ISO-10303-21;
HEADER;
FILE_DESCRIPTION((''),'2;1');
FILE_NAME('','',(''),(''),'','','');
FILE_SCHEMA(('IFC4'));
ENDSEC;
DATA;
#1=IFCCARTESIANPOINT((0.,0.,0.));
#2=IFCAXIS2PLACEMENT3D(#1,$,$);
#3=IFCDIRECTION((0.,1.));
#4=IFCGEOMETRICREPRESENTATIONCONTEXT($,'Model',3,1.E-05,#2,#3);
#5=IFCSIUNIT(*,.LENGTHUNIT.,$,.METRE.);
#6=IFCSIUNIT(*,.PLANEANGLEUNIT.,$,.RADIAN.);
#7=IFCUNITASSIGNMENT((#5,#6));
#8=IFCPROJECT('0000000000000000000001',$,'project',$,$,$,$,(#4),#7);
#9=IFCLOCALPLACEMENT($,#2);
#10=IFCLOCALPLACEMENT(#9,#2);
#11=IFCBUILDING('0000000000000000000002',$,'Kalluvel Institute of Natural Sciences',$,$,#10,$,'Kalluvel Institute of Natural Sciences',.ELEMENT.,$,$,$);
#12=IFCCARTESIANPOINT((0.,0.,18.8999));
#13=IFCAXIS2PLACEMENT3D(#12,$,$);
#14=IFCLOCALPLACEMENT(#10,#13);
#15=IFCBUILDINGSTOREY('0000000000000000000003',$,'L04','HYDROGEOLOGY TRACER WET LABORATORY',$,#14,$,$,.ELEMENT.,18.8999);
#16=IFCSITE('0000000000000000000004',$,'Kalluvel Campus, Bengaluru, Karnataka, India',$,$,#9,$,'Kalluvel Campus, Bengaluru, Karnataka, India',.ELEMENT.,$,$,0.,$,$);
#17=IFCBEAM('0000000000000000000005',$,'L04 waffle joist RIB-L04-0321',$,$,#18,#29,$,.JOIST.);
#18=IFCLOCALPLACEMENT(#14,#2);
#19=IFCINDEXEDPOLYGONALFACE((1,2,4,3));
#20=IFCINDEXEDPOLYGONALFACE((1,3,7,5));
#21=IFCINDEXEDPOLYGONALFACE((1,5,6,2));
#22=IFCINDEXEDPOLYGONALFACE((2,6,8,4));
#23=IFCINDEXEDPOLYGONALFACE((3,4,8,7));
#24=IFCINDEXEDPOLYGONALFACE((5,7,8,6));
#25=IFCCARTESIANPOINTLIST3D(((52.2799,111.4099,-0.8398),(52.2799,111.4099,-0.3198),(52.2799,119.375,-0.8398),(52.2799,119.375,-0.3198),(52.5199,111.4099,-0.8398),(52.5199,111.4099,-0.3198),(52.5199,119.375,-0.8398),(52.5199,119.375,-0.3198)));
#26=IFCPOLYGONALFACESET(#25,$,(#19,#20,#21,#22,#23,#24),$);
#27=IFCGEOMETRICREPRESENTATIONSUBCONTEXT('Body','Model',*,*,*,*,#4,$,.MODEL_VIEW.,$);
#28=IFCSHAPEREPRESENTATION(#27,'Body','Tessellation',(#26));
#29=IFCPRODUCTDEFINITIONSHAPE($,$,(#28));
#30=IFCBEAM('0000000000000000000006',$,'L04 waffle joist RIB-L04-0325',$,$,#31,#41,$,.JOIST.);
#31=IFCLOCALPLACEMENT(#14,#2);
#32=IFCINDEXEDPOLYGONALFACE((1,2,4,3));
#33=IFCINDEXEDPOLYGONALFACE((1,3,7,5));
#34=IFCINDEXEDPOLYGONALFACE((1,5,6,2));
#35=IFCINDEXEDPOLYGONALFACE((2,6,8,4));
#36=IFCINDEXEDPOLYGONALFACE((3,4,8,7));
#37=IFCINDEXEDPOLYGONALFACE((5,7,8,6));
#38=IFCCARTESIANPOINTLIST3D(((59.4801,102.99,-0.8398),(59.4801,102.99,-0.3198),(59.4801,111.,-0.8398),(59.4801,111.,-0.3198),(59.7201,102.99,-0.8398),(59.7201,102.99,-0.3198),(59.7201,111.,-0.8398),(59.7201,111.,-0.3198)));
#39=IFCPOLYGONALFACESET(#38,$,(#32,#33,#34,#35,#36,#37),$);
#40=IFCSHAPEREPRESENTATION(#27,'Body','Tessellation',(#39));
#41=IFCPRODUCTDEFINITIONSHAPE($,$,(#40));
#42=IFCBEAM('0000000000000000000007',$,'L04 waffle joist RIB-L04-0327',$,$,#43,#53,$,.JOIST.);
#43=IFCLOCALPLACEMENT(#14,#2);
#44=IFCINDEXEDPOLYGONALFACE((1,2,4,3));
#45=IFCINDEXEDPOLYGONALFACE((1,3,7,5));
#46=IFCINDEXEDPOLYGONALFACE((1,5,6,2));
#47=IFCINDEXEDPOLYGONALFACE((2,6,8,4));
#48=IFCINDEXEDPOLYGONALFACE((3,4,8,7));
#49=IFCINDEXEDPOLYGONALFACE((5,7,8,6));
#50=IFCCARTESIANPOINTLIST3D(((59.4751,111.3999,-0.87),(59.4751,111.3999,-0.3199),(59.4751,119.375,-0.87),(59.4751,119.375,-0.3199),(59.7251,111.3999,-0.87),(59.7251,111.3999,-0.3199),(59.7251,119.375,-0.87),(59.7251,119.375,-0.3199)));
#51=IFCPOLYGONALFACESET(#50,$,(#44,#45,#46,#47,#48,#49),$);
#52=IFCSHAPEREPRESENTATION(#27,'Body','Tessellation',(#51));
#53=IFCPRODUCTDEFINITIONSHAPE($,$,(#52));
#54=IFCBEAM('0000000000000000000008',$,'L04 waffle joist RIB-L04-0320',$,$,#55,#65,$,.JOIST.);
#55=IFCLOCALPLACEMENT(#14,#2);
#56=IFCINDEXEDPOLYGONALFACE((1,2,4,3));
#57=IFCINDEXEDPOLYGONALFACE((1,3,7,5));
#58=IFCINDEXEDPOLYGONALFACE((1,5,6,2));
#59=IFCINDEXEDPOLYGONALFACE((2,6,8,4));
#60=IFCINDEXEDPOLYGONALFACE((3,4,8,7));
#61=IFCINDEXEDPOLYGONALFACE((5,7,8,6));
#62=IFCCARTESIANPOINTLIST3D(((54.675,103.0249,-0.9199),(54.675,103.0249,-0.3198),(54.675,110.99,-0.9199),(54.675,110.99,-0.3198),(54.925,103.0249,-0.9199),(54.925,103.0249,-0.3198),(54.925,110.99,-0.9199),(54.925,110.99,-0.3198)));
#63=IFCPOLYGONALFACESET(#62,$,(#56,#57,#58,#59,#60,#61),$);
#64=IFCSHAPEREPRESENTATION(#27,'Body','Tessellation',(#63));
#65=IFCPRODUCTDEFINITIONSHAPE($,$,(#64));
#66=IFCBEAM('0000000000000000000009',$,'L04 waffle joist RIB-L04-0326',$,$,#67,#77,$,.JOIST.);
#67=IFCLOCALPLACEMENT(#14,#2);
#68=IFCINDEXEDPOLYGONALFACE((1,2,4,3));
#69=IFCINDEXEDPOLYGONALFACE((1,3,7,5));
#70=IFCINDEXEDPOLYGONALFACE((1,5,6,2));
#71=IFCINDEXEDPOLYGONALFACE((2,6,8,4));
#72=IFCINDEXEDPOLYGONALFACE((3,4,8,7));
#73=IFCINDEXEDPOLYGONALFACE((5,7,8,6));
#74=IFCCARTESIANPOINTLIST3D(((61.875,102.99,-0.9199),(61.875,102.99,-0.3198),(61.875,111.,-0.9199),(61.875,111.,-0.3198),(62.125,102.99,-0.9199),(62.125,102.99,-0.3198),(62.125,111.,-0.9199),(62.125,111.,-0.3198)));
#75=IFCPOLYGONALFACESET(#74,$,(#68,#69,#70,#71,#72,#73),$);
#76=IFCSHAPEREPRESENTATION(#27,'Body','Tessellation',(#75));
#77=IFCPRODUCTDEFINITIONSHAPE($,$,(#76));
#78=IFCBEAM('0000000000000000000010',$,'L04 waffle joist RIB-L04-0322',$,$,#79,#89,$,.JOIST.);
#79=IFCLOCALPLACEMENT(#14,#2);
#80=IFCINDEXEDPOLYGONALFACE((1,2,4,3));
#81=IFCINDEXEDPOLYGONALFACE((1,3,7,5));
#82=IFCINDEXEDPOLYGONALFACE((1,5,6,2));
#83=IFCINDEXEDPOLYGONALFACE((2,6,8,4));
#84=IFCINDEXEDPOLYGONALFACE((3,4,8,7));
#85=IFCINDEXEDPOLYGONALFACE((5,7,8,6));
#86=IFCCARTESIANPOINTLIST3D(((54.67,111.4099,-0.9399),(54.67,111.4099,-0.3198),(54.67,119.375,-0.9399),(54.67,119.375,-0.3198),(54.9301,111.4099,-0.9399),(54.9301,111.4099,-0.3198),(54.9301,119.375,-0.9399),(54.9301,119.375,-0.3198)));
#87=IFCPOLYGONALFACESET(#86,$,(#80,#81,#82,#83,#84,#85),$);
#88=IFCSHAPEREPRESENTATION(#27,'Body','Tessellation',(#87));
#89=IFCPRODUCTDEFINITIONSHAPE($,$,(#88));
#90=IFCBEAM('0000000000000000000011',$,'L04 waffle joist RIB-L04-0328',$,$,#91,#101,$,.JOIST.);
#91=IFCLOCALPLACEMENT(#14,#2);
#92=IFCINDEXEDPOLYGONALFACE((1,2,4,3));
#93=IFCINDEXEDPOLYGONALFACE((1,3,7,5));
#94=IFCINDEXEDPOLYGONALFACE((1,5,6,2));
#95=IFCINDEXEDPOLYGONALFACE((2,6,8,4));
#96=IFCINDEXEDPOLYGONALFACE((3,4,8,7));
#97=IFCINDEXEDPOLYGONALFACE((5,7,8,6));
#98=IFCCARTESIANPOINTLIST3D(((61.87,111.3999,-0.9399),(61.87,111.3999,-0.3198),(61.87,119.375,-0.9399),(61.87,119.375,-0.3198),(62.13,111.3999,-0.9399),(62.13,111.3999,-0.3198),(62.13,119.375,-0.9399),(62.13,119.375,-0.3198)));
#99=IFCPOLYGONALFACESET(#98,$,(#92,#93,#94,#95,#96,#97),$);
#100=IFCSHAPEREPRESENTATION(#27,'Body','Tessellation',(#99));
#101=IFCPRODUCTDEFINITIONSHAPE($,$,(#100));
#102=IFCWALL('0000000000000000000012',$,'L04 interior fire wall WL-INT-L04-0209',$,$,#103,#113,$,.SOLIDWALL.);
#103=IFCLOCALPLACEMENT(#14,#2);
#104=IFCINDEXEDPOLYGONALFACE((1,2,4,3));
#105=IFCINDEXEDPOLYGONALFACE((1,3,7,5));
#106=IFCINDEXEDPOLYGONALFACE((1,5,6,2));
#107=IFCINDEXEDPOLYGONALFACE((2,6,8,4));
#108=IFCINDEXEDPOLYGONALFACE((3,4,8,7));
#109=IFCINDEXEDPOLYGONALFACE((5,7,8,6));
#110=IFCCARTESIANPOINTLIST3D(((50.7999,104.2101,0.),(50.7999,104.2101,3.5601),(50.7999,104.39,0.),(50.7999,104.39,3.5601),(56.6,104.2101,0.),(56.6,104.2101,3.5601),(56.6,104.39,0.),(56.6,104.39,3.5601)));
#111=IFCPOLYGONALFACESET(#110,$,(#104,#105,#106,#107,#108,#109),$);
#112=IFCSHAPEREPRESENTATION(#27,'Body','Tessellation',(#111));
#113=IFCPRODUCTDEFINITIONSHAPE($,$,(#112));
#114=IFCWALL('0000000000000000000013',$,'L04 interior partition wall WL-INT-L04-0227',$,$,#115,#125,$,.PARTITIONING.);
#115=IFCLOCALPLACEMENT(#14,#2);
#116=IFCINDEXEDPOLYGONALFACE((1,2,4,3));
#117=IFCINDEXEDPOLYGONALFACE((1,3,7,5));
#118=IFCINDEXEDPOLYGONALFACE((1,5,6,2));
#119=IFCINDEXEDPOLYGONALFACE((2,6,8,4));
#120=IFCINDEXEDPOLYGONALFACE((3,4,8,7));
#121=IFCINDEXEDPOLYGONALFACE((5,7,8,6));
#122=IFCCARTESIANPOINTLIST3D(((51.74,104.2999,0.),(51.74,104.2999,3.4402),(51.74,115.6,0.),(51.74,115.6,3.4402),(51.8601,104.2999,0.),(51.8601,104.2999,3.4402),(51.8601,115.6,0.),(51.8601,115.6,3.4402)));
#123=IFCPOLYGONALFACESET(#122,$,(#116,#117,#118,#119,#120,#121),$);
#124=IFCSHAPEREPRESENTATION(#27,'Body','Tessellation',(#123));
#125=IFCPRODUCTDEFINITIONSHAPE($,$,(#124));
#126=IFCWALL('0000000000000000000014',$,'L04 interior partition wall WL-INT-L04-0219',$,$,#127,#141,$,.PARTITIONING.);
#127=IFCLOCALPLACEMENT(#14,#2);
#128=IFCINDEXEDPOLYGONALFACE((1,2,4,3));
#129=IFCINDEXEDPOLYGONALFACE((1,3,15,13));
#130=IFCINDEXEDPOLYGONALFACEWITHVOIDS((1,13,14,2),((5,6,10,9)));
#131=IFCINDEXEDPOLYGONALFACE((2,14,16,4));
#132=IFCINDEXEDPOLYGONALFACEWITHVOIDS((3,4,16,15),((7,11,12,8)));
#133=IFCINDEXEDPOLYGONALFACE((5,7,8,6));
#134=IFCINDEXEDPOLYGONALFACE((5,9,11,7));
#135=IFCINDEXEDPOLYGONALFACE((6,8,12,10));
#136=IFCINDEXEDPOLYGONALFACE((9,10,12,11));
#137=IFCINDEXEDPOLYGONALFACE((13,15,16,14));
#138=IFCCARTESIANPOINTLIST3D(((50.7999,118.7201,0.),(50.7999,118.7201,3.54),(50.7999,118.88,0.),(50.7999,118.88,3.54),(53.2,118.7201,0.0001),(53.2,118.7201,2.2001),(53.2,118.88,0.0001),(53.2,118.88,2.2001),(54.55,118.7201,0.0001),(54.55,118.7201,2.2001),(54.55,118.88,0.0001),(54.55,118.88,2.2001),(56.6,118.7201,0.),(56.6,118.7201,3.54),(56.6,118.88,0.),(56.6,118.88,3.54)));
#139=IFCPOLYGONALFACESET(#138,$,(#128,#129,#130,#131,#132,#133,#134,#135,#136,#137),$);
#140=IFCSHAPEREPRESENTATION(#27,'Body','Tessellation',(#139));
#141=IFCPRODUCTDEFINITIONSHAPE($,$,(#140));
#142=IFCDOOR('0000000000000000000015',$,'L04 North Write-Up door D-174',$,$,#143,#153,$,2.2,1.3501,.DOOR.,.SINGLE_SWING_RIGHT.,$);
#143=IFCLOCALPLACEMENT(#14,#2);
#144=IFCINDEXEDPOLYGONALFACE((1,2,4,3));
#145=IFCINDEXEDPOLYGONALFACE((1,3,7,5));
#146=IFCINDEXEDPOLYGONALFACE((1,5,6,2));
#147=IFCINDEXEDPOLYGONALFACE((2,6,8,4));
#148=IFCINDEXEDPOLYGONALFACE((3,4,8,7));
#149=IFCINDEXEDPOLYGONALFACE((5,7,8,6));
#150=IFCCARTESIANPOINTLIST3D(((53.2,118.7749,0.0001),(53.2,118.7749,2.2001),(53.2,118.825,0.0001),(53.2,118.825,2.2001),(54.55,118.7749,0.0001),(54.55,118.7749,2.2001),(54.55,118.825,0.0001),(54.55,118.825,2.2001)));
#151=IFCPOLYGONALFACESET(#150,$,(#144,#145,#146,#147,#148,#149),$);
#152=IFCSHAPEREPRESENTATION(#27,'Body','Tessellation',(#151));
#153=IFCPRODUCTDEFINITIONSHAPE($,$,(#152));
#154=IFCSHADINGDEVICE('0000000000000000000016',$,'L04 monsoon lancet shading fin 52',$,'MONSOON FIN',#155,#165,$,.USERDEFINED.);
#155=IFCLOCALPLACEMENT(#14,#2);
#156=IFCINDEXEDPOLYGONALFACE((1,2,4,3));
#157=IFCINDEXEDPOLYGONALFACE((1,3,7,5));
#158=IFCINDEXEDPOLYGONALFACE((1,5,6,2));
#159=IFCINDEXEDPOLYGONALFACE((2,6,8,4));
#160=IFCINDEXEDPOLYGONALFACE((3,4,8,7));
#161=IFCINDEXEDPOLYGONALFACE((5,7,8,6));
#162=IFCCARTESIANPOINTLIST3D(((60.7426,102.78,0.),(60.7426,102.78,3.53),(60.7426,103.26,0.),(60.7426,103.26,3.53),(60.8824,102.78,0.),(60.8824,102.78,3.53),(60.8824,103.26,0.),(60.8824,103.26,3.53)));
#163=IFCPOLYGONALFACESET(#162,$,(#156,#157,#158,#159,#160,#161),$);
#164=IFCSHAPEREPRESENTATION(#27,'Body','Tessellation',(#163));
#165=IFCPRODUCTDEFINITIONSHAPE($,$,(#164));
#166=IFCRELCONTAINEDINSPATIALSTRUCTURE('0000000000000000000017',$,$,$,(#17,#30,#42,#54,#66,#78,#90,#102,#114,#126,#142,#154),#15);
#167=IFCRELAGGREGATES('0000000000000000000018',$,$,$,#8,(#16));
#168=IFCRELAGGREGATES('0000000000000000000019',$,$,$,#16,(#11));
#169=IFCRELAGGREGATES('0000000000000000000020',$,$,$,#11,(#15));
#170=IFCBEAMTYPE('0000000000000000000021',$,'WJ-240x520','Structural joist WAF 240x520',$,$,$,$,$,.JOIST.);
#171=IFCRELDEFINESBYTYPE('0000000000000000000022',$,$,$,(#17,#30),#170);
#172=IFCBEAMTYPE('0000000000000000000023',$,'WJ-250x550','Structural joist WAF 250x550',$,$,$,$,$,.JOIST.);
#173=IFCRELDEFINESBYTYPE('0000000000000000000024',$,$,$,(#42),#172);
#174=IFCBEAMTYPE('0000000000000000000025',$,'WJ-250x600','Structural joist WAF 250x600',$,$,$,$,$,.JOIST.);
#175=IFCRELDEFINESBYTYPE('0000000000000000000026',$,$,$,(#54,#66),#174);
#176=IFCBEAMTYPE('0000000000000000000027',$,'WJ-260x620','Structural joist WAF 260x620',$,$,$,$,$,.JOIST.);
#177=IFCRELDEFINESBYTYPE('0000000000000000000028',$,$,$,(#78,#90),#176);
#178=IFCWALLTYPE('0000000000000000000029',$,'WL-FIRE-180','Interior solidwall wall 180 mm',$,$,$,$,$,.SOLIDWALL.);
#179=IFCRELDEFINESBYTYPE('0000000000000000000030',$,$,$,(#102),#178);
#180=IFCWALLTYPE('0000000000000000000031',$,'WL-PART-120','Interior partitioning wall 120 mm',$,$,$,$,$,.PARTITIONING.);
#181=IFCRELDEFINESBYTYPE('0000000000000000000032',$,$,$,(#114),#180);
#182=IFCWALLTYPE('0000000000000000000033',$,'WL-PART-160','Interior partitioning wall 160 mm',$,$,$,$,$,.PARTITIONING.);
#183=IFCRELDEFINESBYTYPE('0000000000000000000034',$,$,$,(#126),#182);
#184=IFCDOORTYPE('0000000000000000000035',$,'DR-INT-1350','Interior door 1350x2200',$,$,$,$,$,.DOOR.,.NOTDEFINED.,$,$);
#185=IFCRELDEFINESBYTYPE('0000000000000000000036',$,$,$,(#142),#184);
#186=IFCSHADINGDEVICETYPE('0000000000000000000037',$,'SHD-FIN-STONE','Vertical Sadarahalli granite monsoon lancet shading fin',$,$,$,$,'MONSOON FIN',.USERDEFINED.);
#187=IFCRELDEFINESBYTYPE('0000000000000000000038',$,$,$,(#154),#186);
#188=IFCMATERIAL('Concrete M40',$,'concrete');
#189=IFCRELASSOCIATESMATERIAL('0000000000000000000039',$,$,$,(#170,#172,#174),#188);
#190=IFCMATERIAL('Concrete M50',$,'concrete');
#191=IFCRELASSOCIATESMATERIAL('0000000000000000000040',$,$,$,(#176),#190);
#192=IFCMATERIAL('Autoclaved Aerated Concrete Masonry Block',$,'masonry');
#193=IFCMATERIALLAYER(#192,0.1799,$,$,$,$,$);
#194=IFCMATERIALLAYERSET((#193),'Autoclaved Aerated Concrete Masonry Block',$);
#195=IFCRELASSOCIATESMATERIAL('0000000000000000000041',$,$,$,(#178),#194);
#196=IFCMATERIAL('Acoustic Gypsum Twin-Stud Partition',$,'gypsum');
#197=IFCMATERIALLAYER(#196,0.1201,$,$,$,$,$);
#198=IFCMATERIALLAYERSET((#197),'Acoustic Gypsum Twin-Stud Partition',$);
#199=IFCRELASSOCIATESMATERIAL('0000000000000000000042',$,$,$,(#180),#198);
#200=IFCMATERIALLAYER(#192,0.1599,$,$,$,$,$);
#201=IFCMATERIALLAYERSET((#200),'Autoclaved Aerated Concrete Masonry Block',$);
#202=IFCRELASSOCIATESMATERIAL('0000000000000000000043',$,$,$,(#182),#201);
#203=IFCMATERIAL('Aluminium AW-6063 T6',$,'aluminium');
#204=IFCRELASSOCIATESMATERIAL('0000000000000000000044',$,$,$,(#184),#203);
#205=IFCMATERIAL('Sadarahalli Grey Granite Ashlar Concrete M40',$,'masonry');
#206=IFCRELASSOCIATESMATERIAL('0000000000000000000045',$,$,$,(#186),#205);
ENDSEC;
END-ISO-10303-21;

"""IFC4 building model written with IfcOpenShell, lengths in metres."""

from ifc_helpers import new_model, si_unit, direction, frame, frame_2d, origin, origin_2d, place, context, subcontext, project, spatial, rectangle, extrude, material, layer, layer_set, material_profile, profile_set, type_object, element, fill, save


model = new_model("IFC4")

# Units and contexts
model_context = context("Model", 3, precision=1e-05, world=origin(), true_north=direction((0.0, 1.0)))
body_context = subcontext(model_context, "Body", "Model", "MODEL_VIEW")
ifc_project = project(units=[si_unit("LENGTHUNIT", "METRE"), si_unit("PLANEANGLEUNIT", "RADIAN")], contexts=[model_context])

# Site, building, storey
site_placement = place(None, origin())
site = spatial("IfcSite", under=ifc_project, at=site_placement, Name="Kalluvel Campus, Bengaluru, Karnataka, India", LongName="Kalluvel Campus, Bengaluru, Karnataka, India", CompositionType="ELEMENT", RefElevation=0.0)
building_placement = place(site_placement, origin())
building = spatial("IfcBuilding", under=site, at=building_placement, Name="Kalluvel Institute of Natural Sciences", LongName="Kalluvel Institute of Natural Sciences", CompositionType="ELEMENT")
storey_placement = place(building_placement, frame((0.0, 0.0, 18.8999)))
storey = spatial("IfcBuildingStorey", under=building, at=storey_placement, Name="L04", Description="HYDROGEOLOGY TRACER WET LABORATORY", CompositionType="ELEMENT", Elevation=18.8999)

# Shared definitions
ifc_material_1 = material(Name="Concrete M40", Category="concrete")

# Beams
ifc_material_profile_1 = material_profile(ifc_material_1, rectangle(XDim=0.24, YDim=0.52, at=origin_2d()), Name="WAF 240x520")
ifc_profile_set_1 = profile_set([ifc_material_profile_1], Name="Concrete M40")
beam_type_1 = type_object("IfcBeamType", Name="WJ-240x520", Description="Structural joist WAF 240x520", PredefinedType="JOIST", material=ifc_profile_set_1)
beam_1_placement = place(storey_placement, frame((52.3999, 111.4099, -0.5798), z_axis=(0.0, 1.0, 0.0), x_axis=(-1.0, 0.0, 0.0)))
element("IfcBeam", 1, at=beam_1_placement, inside=storey, type_object=beam_type_1, Name="L04 waffle joist RIB-L04-0321", PredefinedType="JOIST", context=body_context, shape_type="SweptSolid", body=[
    extrude(rectangle(XDim=0.24, YDim=0.52, at=origin_2d()), origin(), (0.0, 0.0, 1.0), 7.9651),
])
beam_2_placement = place(storey_placement, frame((59.6001, 102.99, -0.5798), z_axis=(0.0, 1.0, 0.0), x_axis=(-1.0, 0.0, 0.0)))
element("IfcBeam", 2, at=beam_2_placement, inside=storey, type_object=beam_type_1, Name="L04 waffle joist RIB-L04-0325", PredefinedType="JOIST", context=body_context, shape_type="SweptSolid", body=[
    extrude(rectangle(XDim=0.24, YDim=0.52, at=origin_2d()), origin(), (0.0, 0.0, 1.0), 8.01),
])
ifc_material_profile_2 = material_profile(ifc_material_1, rectangle(XDim=0.25, YDim=0.55, at=origin_2d()), Name="WAF 250x550")
ifc_profile_set_2 = profile_set([ifc_material_profile_2], Name="Concrete M40")
beam_type_2 = type_object("IfcBeamType", Name="WJ-250x550", Description="Structural joist WAF 250x550", PredefinedType="JOIST", material=ifc_profile_set_2)
beam_3_placement = place(storey_placement, frame((59.6001, 111.3999, -0.595), z_axis=(0.0, 1.0, 0.0), x_axis=(-1.0, 0.0, 0.0)))
element("IfcBeam", 3, at=beam_3_placement, inside=storey, type_object=beam_type_2, Name="L04 waffle joist RIB-L04-0327", PredefinedType="JOIST", context=body_context, shape_type="SweptSolid", body=[
    extrude(rectangle(XDim=0.25, YDim=0.55, at=origin_2d()), origin(), (0.0, 0.0, 1.0), 7.9751),
])
ifc_material_profile_3 = material_profile(ifc_material_1, rectangle(XDim=0.25, YDim=0.6001, at=origin_2d()), Name="WAF 250x600")
ifc_profile_set_3 = profile_set([ifc_material_profile_3], Name="Concrete M40")
beam_type_3 = type_object("IfcBeamType", Name="WJ-250x600", Description="Structural joist WAF 250x600", PredefinedType="JOIST", material=ifc_profile_set_3)
beam_4_placement = place(storey_placement, frame((54.8, 103.0249, -0.6199), z_axis=(0.0, 1.0, 0.0), x_axis=(-1.0, 0.0, 0.0)))
element("IfcBeam", 4, at=beam_4_placement, inside=storey, type_object=beam_type_3, Name="L04 waffle joist RIB-L04-0320", PredefinedType="JOIST", context=body_context, shape_type="SweptSolid", body=[
    extrude(rectangle(XDim=0.25, YDim=0.6001, at=origin_2d()), origin(), (0.0, 0.0, 1.0), 7.9651),
])
beam_5_placement = place(storey_placement, frame((62.0, 102.99, -0.6199), z_axis=(0.0, 1.0, 0.0), x_axis=(-1.0, 0.0, 0.0)))
element("IfcBeam", 5, at=beam_5_placement, inside=storey, type_object=beam_type_3, Name="L04 waffle joist RIB-L04-0326", PredefinedType="JOIST", context=body_context, shape_type="SweptSolid", body=[
    extrude(rectangle(XDim=0.25, YDim=0.6001, at=origin_2d()), origin(), (0.0, 0.0, 1.0), 8.01),
])
ifc_material_2 = material(Name="Concrete M50", Category="concrete")
ifc_material_profile_4 = material_profile(ifc_material_2, rectangle(XDim=0.26, YDim=0.6201, at=origin_2d()), Name="WAF 260x620")
ifc_profile_set_4 = profile_set([ifc_material_profile_4], Name="Concrete M50")
beam_type_4 = type_object("IfcBeamType", Name="WJ-260x620", Description="Structural joist WAF 260x620", PredefinedType="JOIST", material=ifc_profile_set_4)
beam_6_placement = place(storey_placement, frame((54.8, 111.4099, -0.6299), z_axis=(0.0, 1.0, 0.0), x_axis=(-1.0, 0.0, 0.0)))
element("IfcBeam", 6, at=beam_6_placement, inside=storey, type_object=beam_type_4, Name="L04 waffle joist RIB-L04-0322", PredefinedType="JOIST", context=body_context, shape_type="SweptSolid", body=[
    extrude(rectangle(XDim=0.26, YDim=0.6201, at=origin_2d()), origin(), (0.0, 0.0, 1.0), 7.9651),
])
beam_7_placement = place(storey_placement, frame((62.0, 111.3999, -0.6299), z_axis=(0.0, 1.0, 0.0), x_axis=(-1.0, 0.0, 0.0)))
element("IfcBeam", 7, at=beam_7_placement, inside=storey, type_object=beam_type_4, Name="L04 waffle joist RIB-L04-0328", PredefinedType="JOIST", context=body_context, shape_type="SweptSolid", body=[
    extrude(rectangle(XDim=0.26, YDim=0.6201, at=origin_2d()), origin(), (0.0, 0.0, 1.0), 7.9751),
])

# Walls
ifc_material_3 = material(Name="Autoclaved Aerated Concrete Masonry Block", Category="masonry")
ifc_layer_1 = layer(ifc_material_3, 0.1799)
ifc_layer_set_1 = layer_set([ifc_layer_1], Name="Autoclaved Aerated Concrete Masonry Block")
wall_type_1 = type_object("IfcWallType", Name="WL-FIRE-180", Description="Interior solidwall wall 180 mm", PredefinedType="SOLIDWALL", material=ifc_layer_set_1)
wall_1_placement = place(storey_placement, frame((50.8, 104.3, 0.0), z_axis=(0.0, 0.0, 1.0), x_axis=(1.0, 0.0, 0.0)))
element("IfcWall", 8, at=wall_1_placement, inside=storey, type_object=wall_type_1, Name="L04 interior fire wall WL-INT-L04-0209", PredefinedType="SOLIDWALL", context=body_context, shape_type="SweptSolid", body=[
    extrude(rectangle(XDim=5.8, YDim=0.1799, at=frame_2d((2.8999, 0.0))), origin(), (0.0, 0.0, 1.0), 3.5601),
])
ifc_material_4 = material(Name="Acoustic Gypsum Twin-Stud Partition", Category="gypsum")
ifc_layer_2 = layer(ifc_material_4, 0.1201)
ifc_layer_set_2 = layer_set([ifc_layer_2], Name="Acoustic Gypsum Twin-Stud Partition")
wall_type_2 = type_object("IfcWallType", Name="WL-PART-120", Description="Interior partitioning wall 120 mm", PredefinedType="PARTITIONING", material=ifc_layer_set_2)
wall_2_placement = place(storey_placement, frame((51.8, 104.3, 0.0), z_axis=(0.0, 0.0, 1.0), x_axis=(0.0, 1.0, 0.0)))
element("IfcWall", 9, at=wall_2_placement, inside=storey, type_object=wall_type_2, Name="L04 interior partition wall WL-INT-L04-0227", PredefinedType="PARTITIONING", context=body_context, shape_type="SweptSolid", body=[
    extrude(rectangle(XDim=11.3, YDim=0.1201, at=frame_2d((5.6499, 0.0))), origin(), (0.0, 0.0, 1.0), 3.4402),
])

# Wall, opening, door
ifc_layer_3 = layer(ifc_material_3, 0.1599)
ifc_layer_set_3 = layer_set([ifc_layer_3], Name="Autoclaved Aerated Concrete Masonry Block")
wall_type_3 = type_object("IfcWallType", Name="WL-PART-160", Description="Interior partitioning wall 160 mm", PredefinedType="PARTITIONING", material=ifc_layer_set_3)
wall_3_placement = place(storey_placement, frame((50.8, 118.8, 0.0), z_axis=(0.0, 0.0, 1.0), x_axis=(1.0, 0.0, 0.0)))
wall_3 = element("IfcWall", 10, at=wall_3_placement, inside=storey, type_object=wall_type_3, Name="L04 interior partition wall WL-INT-L04-0219", PredefinedType="PARTITIONING", context=body_context, shape_type="SweptSolid", body=[
    extrude(rectangle(XDim=5.8, YDim=0.1599, at=frame_2d((2.8999, 0.0))), origin(), (0.0, 0.0, 1.0), 3.54),
])
opening_placement = place(wall_3_placement, frame((2.3999, 0.0, 0.0)))
opening = element("IfcOpeningElement", 11, at=opening_placement, cuts=wall_3, PredefinedType="OPENING", context=body_context, shape_type="SweptSolid", body=[
    extrude(rectangle(XDim=1.3501, YDim=2.2, at=frame_2d((0.675, 1.1001))), frame((0.0, 0.0898, 0.0), z_axis=(0.0, -1.0, 0.0), x_axis=(1.0, 0.0, 0.0)), (0.0, 0.0, 1.0), 0.1799),
])
ifc_material_5 = material(Name="Aluminium AW-6063 T6", Category="aluminium")
door_type = type_object("IfcDoorType", Name="DR-INT-1350", Description="Interior door 1350x2200", OperationType="NOTDEFINED", PredefinedType="DOOR", material=ifc_material_5)
door_placement = place(opening_placement, origin())
door = element("IfcDoor", 12, at=door_placement, inside=storey, type_object=door_type, Name="L04 North Write-Up door D-174", OperationType="SINGLE_SWING_RIGHT", OverallHeight=2.2, OverallWidth=1.3501, PredefinedType="DOOR", context=body_context, shape_type="SweptSolid", body=[
    extrude(rectangle(XDim=1.3501, YDim=2.2, at=frame_2d((0.675, 1.1001))), frame((0.0, 0.0249, 0.0), z_axis=(0.0, -1.0, 0.0), x_axis=(1.0, 0.0, 0.0)), (0.0, 0.0, 1.0), 0.05),
])
fill(opening, door)

# Shading device
ifc_material_6 = material(Name="Sadarahalli Grey Granite Ashlar Concrete M40", Category="masonry")
shading_device_type = type_object("IfcShadingDeviceType", Name="SHD-FIN-STONE", Description="Vertical Sadarahalli granite monsoon lancet shading fin", ElementType="MONSOON FIN", PredefinedType="USERDEFINED", material=ifc_material_6)
shading_device_placement = place(storey_placement, frame((60.8125, 103.02, 0.0), z_axis=(0.0, 0.0, 1.0), x_axis=(1.0, 0.0, 0.0)))
element("IfcShadingDevice", 13, at=shading_device_placement, inside=storey, type_object=shading_device_type, Name="L04 monsoon lancet shading fin 52", ObjectType="MONSOON FIN", PredefinedType="USERDEFINED", context=body_context, shape_type="SweptSolid", body=[
    extrude(rectangle(XDim=0.1399, YDim=0.48, at=origin_2d()), origin(), (0.0, 0.0, 1.0), 3.53),
])

save(model, "model.ifc")
